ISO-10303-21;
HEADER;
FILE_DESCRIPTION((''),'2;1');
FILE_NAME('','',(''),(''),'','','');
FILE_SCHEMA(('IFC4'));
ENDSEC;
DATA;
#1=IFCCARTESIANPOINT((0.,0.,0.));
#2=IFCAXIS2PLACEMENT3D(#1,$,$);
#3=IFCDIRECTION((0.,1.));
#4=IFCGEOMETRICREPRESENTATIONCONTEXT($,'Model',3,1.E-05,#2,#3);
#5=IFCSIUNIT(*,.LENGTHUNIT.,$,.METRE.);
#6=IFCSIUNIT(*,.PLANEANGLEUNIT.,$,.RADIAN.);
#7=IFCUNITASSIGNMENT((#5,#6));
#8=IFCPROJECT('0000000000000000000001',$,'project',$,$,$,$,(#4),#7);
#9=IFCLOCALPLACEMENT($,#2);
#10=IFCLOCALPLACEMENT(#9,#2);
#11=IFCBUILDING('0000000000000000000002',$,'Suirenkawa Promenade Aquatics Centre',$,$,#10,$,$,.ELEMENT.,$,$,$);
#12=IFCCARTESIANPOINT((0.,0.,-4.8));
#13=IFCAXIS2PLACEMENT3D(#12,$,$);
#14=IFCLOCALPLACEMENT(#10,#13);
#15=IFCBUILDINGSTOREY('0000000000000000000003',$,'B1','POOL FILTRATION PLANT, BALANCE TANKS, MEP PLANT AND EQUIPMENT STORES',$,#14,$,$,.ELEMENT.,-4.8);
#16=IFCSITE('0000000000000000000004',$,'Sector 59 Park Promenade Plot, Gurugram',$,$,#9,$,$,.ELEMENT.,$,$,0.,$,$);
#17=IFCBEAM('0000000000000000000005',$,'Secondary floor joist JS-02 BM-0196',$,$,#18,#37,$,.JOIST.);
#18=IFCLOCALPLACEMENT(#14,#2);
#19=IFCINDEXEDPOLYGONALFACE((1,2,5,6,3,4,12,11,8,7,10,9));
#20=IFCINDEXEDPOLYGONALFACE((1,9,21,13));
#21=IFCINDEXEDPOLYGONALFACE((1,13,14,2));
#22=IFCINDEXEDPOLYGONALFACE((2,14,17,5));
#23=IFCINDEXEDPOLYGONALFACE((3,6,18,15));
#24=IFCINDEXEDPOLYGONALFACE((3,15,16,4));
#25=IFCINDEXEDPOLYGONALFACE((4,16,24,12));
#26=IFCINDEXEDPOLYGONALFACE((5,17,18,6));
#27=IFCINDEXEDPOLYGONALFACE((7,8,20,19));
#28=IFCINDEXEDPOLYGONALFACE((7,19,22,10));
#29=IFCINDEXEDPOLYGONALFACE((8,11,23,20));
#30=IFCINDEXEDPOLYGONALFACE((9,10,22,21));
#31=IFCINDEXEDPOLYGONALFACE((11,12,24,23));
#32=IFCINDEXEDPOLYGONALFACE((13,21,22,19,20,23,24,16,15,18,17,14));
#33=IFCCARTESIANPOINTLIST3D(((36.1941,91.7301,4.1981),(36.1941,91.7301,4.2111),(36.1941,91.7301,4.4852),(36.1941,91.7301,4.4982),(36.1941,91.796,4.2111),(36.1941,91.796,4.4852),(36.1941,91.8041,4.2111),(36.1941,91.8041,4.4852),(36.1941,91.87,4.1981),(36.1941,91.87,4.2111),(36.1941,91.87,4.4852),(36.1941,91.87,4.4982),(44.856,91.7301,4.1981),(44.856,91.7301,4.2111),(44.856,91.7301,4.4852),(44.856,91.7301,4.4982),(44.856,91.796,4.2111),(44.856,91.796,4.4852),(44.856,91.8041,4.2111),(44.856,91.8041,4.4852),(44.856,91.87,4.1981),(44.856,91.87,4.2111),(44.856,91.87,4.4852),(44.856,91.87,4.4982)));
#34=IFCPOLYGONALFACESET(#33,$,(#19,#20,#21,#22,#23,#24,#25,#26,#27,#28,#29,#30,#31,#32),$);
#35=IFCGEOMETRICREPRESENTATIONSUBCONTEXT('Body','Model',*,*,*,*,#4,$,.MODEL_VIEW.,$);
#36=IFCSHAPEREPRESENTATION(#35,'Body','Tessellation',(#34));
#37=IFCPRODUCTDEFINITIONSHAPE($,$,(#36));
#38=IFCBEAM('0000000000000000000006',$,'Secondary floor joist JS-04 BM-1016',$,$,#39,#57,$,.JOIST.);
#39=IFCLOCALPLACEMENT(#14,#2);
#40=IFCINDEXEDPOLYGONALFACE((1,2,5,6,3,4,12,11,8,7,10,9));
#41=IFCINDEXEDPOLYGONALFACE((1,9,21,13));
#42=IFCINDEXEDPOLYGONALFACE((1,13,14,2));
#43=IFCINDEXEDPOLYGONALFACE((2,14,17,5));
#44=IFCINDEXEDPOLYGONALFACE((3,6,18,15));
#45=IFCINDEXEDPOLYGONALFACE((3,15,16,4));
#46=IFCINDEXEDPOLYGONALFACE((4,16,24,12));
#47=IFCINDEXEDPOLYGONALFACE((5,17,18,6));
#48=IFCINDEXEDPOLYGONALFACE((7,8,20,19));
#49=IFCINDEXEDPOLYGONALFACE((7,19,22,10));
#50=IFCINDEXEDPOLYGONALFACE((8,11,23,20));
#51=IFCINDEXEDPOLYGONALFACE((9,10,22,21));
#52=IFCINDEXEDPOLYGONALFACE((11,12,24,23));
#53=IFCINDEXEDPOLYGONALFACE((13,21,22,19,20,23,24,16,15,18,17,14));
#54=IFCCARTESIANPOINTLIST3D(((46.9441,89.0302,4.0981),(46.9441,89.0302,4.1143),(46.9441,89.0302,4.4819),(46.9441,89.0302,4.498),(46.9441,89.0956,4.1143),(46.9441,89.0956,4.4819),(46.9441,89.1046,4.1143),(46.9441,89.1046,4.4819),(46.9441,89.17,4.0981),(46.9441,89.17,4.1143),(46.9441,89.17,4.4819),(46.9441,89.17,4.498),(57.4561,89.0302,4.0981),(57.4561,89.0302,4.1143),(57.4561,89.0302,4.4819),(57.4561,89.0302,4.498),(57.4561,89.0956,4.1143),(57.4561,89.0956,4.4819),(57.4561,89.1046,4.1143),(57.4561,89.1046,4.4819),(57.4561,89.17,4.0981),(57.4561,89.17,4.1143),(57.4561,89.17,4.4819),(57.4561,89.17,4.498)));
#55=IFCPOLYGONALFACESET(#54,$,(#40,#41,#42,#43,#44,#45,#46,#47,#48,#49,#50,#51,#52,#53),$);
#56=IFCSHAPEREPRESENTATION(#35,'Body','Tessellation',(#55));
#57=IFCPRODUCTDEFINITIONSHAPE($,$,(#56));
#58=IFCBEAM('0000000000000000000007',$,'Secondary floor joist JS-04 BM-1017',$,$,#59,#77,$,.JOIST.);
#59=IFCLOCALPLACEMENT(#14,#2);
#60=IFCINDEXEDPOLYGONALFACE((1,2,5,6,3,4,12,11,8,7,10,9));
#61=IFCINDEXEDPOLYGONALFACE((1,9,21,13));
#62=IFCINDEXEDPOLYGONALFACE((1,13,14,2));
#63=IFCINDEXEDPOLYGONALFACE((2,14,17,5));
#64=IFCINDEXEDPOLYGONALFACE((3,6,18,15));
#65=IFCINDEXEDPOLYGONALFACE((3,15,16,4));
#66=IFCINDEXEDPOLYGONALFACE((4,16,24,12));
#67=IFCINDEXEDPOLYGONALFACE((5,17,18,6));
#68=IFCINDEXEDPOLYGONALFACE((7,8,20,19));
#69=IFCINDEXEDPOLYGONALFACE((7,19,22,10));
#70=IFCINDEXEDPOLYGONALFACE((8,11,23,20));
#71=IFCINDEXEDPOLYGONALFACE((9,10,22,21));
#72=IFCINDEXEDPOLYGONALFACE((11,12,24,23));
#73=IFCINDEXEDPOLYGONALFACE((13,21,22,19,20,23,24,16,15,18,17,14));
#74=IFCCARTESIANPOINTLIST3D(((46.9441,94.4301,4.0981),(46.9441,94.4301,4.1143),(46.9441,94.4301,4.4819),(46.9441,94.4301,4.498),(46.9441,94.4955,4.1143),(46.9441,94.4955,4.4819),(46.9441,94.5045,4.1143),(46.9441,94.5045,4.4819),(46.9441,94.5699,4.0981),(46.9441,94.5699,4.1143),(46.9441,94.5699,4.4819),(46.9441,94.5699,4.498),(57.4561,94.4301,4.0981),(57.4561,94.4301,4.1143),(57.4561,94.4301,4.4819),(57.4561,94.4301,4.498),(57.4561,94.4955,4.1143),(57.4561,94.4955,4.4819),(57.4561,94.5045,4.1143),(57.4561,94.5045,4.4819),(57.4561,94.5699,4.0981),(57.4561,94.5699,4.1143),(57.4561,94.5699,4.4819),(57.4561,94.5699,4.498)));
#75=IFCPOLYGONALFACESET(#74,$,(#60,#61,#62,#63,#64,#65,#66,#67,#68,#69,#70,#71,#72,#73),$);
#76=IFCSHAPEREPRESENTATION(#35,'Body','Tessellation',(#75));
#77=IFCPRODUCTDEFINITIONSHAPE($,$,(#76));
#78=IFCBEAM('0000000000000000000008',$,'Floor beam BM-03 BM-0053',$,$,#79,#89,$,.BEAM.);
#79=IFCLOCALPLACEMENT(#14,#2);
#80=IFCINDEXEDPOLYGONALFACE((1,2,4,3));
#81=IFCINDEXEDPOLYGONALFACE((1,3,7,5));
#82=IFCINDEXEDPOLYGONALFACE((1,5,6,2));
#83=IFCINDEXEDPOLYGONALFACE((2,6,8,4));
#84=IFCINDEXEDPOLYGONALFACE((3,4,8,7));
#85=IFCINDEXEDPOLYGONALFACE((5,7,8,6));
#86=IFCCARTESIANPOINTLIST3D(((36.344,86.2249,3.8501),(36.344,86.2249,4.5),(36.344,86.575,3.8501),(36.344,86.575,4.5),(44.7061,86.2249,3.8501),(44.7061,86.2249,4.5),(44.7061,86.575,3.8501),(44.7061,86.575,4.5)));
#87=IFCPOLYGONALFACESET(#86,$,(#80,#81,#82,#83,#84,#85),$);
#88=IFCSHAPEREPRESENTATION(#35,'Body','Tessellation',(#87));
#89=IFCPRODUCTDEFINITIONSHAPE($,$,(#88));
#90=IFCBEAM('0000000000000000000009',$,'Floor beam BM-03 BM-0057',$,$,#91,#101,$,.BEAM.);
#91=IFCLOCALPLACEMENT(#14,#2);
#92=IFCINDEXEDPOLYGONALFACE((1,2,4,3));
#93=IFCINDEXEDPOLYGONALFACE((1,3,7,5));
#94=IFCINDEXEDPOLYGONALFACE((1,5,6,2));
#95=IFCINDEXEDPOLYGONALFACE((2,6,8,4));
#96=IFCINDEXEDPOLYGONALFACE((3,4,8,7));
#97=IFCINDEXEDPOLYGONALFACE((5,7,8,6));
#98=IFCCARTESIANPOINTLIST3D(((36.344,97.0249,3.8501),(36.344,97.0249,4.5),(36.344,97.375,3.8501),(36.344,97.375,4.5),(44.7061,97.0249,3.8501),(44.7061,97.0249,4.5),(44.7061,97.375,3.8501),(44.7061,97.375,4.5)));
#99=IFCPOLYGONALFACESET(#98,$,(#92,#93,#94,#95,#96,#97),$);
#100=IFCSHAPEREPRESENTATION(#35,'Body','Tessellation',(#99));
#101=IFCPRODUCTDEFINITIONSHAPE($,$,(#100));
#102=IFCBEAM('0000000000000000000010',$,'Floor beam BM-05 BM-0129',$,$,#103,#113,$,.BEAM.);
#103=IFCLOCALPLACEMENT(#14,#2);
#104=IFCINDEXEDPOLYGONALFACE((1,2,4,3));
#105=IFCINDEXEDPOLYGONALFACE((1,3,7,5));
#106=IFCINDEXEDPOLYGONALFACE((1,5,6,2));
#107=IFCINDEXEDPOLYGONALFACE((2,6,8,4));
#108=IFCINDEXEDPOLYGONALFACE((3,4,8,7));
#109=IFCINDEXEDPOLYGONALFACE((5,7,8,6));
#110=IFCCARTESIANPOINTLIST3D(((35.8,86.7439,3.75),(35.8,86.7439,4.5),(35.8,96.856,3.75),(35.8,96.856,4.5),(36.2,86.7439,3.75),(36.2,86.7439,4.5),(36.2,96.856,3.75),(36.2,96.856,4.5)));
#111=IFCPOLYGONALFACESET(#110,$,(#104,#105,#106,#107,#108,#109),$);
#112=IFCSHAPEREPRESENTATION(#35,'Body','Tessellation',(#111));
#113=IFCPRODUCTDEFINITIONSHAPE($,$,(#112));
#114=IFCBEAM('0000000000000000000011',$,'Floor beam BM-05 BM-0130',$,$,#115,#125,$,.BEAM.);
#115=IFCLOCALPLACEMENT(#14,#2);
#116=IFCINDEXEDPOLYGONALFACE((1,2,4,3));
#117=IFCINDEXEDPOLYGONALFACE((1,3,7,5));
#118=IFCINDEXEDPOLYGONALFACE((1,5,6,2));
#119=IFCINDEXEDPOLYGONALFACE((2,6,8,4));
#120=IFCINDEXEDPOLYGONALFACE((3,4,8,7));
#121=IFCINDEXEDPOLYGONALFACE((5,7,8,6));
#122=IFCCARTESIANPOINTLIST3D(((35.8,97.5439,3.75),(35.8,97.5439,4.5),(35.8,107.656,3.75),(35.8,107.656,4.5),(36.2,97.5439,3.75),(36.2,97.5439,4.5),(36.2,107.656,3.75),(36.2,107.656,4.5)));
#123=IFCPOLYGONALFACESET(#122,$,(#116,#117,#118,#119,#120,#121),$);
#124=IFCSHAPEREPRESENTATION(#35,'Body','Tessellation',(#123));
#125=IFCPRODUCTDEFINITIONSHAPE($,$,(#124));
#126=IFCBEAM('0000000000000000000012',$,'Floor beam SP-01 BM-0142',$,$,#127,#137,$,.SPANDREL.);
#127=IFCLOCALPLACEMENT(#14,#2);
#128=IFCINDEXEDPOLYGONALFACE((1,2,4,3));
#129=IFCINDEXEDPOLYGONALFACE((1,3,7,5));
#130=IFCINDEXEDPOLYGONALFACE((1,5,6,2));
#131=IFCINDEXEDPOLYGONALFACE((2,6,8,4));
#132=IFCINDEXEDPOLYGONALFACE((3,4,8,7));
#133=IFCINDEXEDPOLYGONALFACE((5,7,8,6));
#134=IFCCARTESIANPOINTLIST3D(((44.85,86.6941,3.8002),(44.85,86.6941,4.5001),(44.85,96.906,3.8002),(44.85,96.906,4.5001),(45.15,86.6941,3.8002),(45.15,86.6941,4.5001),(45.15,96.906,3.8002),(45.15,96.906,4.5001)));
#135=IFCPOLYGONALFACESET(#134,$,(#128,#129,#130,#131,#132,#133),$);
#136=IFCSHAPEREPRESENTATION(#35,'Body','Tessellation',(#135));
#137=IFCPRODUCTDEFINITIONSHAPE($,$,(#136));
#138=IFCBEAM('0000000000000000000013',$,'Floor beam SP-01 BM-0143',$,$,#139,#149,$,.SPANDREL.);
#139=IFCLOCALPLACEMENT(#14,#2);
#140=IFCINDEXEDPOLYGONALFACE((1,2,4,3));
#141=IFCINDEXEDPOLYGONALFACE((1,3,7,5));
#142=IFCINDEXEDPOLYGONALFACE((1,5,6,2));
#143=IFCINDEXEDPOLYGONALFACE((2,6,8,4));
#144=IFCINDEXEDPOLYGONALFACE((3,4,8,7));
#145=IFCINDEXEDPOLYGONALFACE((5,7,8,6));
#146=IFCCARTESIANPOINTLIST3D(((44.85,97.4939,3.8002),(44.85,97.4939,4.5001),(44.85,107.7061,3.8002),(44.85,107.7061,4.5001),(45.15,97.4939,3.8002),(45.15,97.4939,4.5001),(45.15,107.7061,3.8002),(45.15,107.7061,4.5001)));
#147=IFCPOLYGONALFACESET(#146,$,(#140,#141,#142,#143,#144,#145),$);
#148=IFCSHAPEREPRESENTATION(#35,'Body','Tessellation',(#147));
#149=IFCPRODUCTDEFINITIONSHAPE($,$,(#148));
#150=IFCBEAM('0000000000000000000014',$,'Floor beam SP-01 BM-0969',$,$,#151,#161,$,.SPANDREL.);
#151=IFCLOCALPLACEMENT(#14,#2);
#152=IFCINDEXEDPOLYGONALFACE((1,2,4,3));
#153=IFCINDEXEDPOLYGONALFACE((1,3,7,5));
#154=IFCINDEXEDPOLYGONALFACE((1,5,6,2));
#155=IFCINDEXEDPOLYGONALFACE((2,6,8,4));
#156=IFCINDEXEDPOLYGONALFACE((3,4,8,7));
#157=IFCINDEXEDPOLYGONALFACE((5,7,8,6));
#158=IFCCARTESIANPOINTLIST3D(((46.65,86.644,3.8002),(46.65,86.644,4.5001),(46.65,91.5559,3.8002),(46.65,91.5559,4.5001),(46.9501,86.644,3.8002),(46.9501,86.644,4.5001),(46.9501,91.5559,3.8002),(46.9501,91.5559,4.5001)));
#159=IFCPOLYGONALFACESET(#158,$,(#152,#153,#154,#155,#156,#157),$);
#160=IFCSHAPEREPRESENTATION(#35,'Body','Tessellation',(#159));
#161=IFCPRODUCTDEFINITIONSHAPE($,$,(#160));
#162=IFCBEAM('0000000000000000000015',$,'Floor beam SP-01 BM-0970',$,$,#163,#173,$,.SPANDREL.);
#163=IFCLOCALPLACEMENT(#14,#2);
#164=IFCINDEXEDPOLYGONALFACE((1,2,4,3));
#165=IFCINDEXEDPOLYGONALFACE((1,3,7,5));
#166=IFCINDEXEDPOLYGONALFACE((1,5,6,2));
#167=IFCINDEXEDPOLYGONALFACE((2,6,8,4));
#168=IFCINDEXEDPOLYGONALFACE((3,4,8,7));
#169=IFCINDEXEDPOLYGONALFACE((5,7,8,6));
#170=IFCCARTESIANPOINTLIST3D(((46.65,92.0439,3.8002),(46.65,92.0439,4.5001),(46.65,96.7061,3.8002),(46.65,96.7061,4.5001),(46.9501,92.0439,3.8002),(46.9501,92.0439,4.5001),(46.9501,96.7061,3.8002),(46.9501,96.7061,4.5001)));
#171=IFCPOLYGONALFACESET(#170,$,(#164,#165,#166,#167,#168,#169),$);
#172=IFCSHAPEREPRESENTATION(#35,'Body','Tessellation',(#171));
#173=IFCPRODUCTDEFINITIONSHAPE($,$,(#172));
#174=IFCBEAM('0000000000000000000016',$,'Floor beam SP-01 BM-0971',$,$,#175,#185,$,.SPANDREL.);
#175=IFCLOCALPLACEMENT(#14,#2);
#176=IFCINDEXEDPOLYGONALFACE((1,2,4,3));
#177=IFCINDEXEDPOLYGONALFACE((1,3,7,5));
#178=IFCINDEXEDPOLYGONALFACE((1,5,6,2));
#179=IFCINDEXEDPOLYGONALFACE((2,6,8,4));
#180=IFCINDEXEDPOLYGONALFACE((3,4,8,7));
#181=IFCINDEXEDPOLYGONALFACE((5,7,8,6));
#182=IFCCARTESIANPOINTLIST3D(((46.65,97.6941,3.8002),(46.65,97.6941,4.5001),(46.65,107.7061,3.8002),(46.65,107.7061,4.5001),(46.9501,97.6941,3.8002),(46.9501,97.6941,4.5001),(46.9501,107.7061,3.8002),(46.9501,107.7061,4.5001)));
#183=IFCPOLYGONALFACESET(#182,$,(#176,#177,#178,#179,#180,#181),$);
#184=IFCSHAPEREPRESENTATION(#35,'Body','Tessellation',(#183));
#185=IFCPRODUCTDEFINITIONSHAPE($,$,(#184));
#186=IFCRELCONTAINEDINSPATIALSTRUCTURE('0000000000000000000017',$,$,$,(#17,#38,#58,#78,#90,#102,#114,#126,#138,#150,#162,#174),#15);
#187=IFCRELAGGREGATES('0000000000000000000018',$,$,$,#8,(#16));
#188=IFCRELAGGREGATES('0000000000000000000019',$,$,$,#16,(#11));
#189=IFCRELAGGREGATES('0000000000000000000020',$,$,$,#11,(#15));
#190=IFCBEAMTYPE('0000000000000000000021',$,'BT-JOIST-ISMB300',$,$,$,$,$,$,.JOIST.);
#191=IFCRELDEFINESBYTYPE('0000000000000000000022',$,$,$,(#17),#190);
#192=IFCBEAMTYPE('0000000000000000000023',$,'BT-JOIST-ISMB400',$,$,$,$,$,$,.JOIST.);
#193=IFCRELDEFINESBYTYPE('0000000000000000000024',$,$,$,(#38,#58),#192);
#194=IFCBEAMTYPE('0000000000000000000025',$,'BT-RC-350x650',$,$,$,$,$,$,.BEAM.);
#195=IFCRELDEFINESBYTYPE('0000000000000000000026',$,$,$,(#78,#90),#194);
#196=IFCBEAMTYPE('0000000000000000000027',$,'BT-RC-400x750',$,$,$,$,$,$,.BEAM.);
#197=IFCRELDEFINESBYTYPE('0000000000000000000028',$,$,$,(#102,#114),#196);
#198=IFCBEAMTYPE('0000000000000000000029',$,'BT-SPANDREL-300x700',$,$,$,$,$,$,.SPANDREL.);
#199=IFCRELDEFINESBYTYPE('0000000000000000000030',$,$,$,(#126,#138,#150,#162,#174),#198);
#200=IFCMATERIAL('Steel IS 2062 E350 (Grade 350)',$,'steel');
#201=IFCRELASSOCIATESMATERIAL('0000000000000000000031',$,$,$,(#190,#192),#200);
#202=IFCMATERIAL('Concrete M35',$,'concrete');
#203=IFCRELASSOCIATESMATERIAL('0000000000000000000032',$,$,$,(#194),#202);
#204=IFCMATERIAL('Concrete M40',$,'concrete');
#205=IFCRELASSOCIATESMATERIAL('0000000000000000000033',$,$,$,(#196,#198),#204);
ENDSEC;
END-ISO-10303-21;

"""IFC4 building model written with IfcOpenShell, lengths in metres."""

from ifc_helpers import new_model, si_unit, direction, frame, origin, origin_2d, place, context, subcontext, project, spatial, rectangle, i_section, extrude, material, material_profile, profile_set, type_object, element, save


model = new_model("IFC4")

# Units and contexts
model_context = context("Model", 3, precision=1e-05, world=origin(), true_north=direction((0.0, 1.0)))
body_context = subcontext(model_context, "Body", "Model", "MODEL_VIEW")
ifc_project = project(units=[si_unit("LENGTHUNIT", "METRE"), si_unit("PLANEANGLEUNIT", "RADIAN")], contexts=[model_context])

# Site, building, storey
site_placement = place(None, origin())
site = spatial("IfcSite", under=ifc_project, at=site_placement, Name="Sector 59 Park Promenade Plot, Gurugram", CompositionType="ELEMENT", RefElevation=0.0)
building_placement = place(site_placement, origin())
building = spatial("IfcBuilding", under=site, at=building_placement, Name="Suirenkawa Promenade Aquatics Centre", CompositionType="ELEMENT")
storey_placement = place(building_placement, frame((0.0, 0.0, -4.8)))
storey = spatial("IfcBuildingStorey", under=building, at=storey_placement, Name="B1", Description="POOL FILTRATION PLANT, BALANCE TANKS, MEP PLANT AND EQUIPMENT STORES", CompositionType="ELEMENT", Elevation=-4.8)

# Shared definitions
ifc_material_1 = material(Name="Concrete M35", Category="concrete")

# Shared definitions
ifc_material_2 = material(Name="Concrete M40", Category="concrete")

# Beams
ifc_material_3 = material(Name="Steel IS 2062 E350 (Grade 350)", Category="steel")
ifc_material_profile_1 = material_profile(ifc_material_3, i_section(OverallWidth=0.1399, OverallDepth=0.3, WebThickness=0.0081, FlangeThickness=0.0129, at=origin_2d()), Name="ISMB 300", Category="steel")
ifc_profile_set_1 = profile_set([ifc_material_profile_1], Name="Steel IS 2062 E350 (Grade 350)")
beam_type_1 = type_object("IfcBeamType", Name="BT-JOIST-ISMB300", PredefinedType="JOIST", material=ifc_profile_set_1)
beam_1_placement = place(storey_placement, frame((36.1941, 91.8, 4.3481), z_axis=(1.0, 0.0, 0.0), x_axis=(0.0, 1.0, 0.0)))
element("IfcBeam", 1, at=beam_1_placement, inside=storey, type_object=beam_type_1, Name="Secondary floor joist JS-02 BM-0196", PredefinedType="JOIST", context=body_context, shape_type="SweptSolid", body=[
    extrude(i_section(OverallWidth=0.1399, OverallDepth=0.3, WebThickness=0.0081, FlangeThickness=0.0129, at=origin_2d()), origin(), (0.0, 0.0, 1.0), 8.6619),
])
ifc_material_profile_2 = material_profile(ifc_material_3, i_section(OverallWidth=0.1399, OverallDepth=0.3999, WebThickness=0.009, FlangeThickness=0.0161, at=origin_2d()), Name="ISMB 400", Category="steel")
ifc_profile_set_2 = profile_set([ifc_material_profile_2], Name="Steel IS 2062 E350 (Grade 350)")
beam_type_2 = type_object("IfcBeamType", Name="BT-JOIST-ISMB400", PredefinedType="JOIST", material=ifc_profile_set_2)
for number, where, z_axis, x_axis, name in (
    (2, (46.9441, 89.1001, 4.2981), (1.0, 0.0, 0.0), (0.0, 1.0, 0.0), "Secondary floor joist JS-04 BM-1016"),
    (3, (46.9441, 94.5, 4.2981), (1.0, 0.0, 0.0), (0.0, 1.0, 0.0), "Secondary floor joist JS-04 BM-1017"),
):
    element("IfcBeam", number, at=place(storey_placement, frame(where, z_axis=z_axis, x_axis=x_axis)), inside=storey, type_object=beam_type_2, Name=name, PredefinedType="JOIST", context=body_context, shape_type="SweptSolid", body=[
        extrude(i_section(OverallWidth=0.1399, OverallDepth=0.3999, WebThickness=0.009, FlangeThickness=0.0161, at=origin_2d()), origin(), (0.0, 0.0, 1.0), 10.512),
    ])
ifc_material_profile_3 = material_profile(ifc_material_1, rectangle(XDim=0.3501, YDim=0.6499, at=origin_2d()), Name="RC BM 350x650", Category="concrete")
ifc_profile_set_3 = profile_set([ifc_material_profile_3], Name="Concrete M35")
beam_type_3 = type_object("IfcBeamType", Name="BT-RC-350x650", PredefinedType="BEAM", material=ifc_profile_set_3)
for number, where, z_axis, x_axis, name in (
    (4, (36.344, 86.3999, 4.175), (1.0, 0.0, 0.0), (0.0, 1.0, 0.0), "Floor beam BM-03 BM-0053"),
    (5, (36.344, 97.2, 4.175), (1.0, 0.0, 0.0), (0.0, 1.0, 0.0), "Floor beam BM-03 BM-0057"),
):
    element("IfcBeam", number, at=place(storey_placement, frame(where, z_axis=z_axis, x_axis=x_axis)), inside=storey, type_object=beam_type_3, Name=name, PredefinedType="BEAM", context=body_context, shape_type="SweptSolid", body=[
        extrude(rectangle(XDim=0.3501, YDim=0.6499, at=origin_2d()), origin(), (0.0, 0.0, 1.0), 8.3621),
    ])
ifc_material_profile_4 = material_profile(ifc_material_2, rectangle(XDim=0.3999, YDim=0.75, at=origin_2d()), Name="RC BM 400x750", Category="concrete")
ifc_profile_set_4 = profile_set([ifc_material_profile_4], Name="Concrete M40")
beam_type_4 = type_object("IfcBeamType", Name="BT-RC-400x750", PredefinedType="BEAM", material=ifc_profile_set_4)
for number, where, z_axis, x_axis, name in (
    (6, (36.0, 86.7439, 4.125), (0.0, 1.0, 0.0), (-1.0, 0.0, 0.0), "Floor beam BM-05 BM-0129"),
    (7, (36.0, 97.5439, 4.125), (0.0, 1.0, 0.0), (-1.0, 0.0, 0.0), "Floor beam BM-05 BM-0130"),
):
    element("IfcBeam", number, at=place(storey_placement, frame(where, z_axis=z_axis, x_axis=x_axis)), inside=storey, type_object=beam_type_4, Name=name, PredefinedType="BEAM", context=body_context, shape_type="SweptSolid", body=[
        extrude(rectangle(XDim=0.3999, YDim=0.75, at=origin_2d()), origin(), (0.0, 0.0, 1.0), 10.1121),
    ])
ifc_material_profile_5 = material_profile(ifc_material_2, rectangle(XDim=0.3, YDim=0.7, at=origin_2d()), Name="RC SPANDREL 300x700", Category="concrete")
ifc_profile_set_5 = profile_set([ifc_material_profile_5], Name="Concrete M40")
beam_type_5 = type_object("IfcBeamType", Name="BT-SPANDREL-300x700", PredefinedType="SPANDREL", material=ifc_profile_set_5)
beam_2_placement = place(storey_placement, frame((45.0, 86.6941, 4.1501), z_axis=(0.0, 1.0, 0.0), x_axis=(-1.0, 0.0, 0.0)))
element("IfcBeam", 8, at=beam_2_placement, inside=storey, type_object=beam_type_5, Name="Floor beam SP-01 BM-0142", PredefinedType="SPANDREL", context=body_context, shape_type="SweptSolid", body=[
    extrude(rectangle(XDim=0.3, YDim=0.7, at=origin_2d()), origin(), (0.0, 0.0, 1.0), 10.2119),
])
beam_3_placement = place(storey_placement, frame((45.0, 97.4939, 4.1501), z_axis=(0.0, 1.0, 0.0), x_axis=(-1.0, 0.0, 0.0)))
element("IfcBeam", 9, at=beam_3_placement, inside=storey, type_object=beam_type_5, Name="Floor beam SP-01 BM-0143", PredefinedType="SPANDREL", context=body_context, shape_type="SweptSolid", body=[
    extrude(rectangle(XDim=0.3, YDim=0.7, at=origin_2d()), origin(), (0.0, 0.0, 1.0), 10.2122),
])
beam_4_placement = place(storey_placement, frame((46.8, 86.644, 4.1501), z_axis=(0.0, 1.0, 0.0), x_axis=(-1.0, 0.0, 0.0)))
element("IfcBeam", 10, at=beam_4_placement, inside=storey, type_object=beam_type_5, Name="Floor beam SP-01 BM-0969", PredefinedType="SPANDREL", context=body_context, shape_type="SweptSolid", body=[
    extrude(rectangle(XDim=0.3, YDim=0.7, at=origin_2d()), origin(), (0.0, 0.0, 1.0), 4.9119),
])
beam_5_placement = place(storey_placement, frame((46.8, 92.0439, 4.1501), z_axis=(0.0, 1.0, 0.0), x_axis=(-1.0, 0.0, 0.0)))
element("IfcBeam", 11, at=beam_5_placement, inside=storey, type_object=beam_type_5, Name="Floor beam SP-01 BM-0970", PredefinedType="SPANDREL", context=body_context, shape_type="SweptSolid", body=[
    extrude(rectangle(XDim=0.3, YDim=0.7, at=origin_2d()), origin(), (0.0, 0.0, 1.0), 4.6621),
])
beam_6_placement = place(storey_placement, frame((46.8, 97.6941, 4.1501), z_axis=(0.0, 1.0, 0.0), x_axis=(-1.0, 0.0, 0.0)))
element("IfcBeam", 12, at=beam_6_placement, inside=storey, type_object=beam_type_5, Name="Floor beam SP-01 BM-0971", PredefinedType="SPANDREL", context=body_context, shape_type="SweptSolid", body=[
    extrude(rectangle(XDim=0.3, YDim=0.7, at=origin_2d()), origin(), (0.0, 0.0, 1.0), 10.012),
])

save(model, "model.ifc")
